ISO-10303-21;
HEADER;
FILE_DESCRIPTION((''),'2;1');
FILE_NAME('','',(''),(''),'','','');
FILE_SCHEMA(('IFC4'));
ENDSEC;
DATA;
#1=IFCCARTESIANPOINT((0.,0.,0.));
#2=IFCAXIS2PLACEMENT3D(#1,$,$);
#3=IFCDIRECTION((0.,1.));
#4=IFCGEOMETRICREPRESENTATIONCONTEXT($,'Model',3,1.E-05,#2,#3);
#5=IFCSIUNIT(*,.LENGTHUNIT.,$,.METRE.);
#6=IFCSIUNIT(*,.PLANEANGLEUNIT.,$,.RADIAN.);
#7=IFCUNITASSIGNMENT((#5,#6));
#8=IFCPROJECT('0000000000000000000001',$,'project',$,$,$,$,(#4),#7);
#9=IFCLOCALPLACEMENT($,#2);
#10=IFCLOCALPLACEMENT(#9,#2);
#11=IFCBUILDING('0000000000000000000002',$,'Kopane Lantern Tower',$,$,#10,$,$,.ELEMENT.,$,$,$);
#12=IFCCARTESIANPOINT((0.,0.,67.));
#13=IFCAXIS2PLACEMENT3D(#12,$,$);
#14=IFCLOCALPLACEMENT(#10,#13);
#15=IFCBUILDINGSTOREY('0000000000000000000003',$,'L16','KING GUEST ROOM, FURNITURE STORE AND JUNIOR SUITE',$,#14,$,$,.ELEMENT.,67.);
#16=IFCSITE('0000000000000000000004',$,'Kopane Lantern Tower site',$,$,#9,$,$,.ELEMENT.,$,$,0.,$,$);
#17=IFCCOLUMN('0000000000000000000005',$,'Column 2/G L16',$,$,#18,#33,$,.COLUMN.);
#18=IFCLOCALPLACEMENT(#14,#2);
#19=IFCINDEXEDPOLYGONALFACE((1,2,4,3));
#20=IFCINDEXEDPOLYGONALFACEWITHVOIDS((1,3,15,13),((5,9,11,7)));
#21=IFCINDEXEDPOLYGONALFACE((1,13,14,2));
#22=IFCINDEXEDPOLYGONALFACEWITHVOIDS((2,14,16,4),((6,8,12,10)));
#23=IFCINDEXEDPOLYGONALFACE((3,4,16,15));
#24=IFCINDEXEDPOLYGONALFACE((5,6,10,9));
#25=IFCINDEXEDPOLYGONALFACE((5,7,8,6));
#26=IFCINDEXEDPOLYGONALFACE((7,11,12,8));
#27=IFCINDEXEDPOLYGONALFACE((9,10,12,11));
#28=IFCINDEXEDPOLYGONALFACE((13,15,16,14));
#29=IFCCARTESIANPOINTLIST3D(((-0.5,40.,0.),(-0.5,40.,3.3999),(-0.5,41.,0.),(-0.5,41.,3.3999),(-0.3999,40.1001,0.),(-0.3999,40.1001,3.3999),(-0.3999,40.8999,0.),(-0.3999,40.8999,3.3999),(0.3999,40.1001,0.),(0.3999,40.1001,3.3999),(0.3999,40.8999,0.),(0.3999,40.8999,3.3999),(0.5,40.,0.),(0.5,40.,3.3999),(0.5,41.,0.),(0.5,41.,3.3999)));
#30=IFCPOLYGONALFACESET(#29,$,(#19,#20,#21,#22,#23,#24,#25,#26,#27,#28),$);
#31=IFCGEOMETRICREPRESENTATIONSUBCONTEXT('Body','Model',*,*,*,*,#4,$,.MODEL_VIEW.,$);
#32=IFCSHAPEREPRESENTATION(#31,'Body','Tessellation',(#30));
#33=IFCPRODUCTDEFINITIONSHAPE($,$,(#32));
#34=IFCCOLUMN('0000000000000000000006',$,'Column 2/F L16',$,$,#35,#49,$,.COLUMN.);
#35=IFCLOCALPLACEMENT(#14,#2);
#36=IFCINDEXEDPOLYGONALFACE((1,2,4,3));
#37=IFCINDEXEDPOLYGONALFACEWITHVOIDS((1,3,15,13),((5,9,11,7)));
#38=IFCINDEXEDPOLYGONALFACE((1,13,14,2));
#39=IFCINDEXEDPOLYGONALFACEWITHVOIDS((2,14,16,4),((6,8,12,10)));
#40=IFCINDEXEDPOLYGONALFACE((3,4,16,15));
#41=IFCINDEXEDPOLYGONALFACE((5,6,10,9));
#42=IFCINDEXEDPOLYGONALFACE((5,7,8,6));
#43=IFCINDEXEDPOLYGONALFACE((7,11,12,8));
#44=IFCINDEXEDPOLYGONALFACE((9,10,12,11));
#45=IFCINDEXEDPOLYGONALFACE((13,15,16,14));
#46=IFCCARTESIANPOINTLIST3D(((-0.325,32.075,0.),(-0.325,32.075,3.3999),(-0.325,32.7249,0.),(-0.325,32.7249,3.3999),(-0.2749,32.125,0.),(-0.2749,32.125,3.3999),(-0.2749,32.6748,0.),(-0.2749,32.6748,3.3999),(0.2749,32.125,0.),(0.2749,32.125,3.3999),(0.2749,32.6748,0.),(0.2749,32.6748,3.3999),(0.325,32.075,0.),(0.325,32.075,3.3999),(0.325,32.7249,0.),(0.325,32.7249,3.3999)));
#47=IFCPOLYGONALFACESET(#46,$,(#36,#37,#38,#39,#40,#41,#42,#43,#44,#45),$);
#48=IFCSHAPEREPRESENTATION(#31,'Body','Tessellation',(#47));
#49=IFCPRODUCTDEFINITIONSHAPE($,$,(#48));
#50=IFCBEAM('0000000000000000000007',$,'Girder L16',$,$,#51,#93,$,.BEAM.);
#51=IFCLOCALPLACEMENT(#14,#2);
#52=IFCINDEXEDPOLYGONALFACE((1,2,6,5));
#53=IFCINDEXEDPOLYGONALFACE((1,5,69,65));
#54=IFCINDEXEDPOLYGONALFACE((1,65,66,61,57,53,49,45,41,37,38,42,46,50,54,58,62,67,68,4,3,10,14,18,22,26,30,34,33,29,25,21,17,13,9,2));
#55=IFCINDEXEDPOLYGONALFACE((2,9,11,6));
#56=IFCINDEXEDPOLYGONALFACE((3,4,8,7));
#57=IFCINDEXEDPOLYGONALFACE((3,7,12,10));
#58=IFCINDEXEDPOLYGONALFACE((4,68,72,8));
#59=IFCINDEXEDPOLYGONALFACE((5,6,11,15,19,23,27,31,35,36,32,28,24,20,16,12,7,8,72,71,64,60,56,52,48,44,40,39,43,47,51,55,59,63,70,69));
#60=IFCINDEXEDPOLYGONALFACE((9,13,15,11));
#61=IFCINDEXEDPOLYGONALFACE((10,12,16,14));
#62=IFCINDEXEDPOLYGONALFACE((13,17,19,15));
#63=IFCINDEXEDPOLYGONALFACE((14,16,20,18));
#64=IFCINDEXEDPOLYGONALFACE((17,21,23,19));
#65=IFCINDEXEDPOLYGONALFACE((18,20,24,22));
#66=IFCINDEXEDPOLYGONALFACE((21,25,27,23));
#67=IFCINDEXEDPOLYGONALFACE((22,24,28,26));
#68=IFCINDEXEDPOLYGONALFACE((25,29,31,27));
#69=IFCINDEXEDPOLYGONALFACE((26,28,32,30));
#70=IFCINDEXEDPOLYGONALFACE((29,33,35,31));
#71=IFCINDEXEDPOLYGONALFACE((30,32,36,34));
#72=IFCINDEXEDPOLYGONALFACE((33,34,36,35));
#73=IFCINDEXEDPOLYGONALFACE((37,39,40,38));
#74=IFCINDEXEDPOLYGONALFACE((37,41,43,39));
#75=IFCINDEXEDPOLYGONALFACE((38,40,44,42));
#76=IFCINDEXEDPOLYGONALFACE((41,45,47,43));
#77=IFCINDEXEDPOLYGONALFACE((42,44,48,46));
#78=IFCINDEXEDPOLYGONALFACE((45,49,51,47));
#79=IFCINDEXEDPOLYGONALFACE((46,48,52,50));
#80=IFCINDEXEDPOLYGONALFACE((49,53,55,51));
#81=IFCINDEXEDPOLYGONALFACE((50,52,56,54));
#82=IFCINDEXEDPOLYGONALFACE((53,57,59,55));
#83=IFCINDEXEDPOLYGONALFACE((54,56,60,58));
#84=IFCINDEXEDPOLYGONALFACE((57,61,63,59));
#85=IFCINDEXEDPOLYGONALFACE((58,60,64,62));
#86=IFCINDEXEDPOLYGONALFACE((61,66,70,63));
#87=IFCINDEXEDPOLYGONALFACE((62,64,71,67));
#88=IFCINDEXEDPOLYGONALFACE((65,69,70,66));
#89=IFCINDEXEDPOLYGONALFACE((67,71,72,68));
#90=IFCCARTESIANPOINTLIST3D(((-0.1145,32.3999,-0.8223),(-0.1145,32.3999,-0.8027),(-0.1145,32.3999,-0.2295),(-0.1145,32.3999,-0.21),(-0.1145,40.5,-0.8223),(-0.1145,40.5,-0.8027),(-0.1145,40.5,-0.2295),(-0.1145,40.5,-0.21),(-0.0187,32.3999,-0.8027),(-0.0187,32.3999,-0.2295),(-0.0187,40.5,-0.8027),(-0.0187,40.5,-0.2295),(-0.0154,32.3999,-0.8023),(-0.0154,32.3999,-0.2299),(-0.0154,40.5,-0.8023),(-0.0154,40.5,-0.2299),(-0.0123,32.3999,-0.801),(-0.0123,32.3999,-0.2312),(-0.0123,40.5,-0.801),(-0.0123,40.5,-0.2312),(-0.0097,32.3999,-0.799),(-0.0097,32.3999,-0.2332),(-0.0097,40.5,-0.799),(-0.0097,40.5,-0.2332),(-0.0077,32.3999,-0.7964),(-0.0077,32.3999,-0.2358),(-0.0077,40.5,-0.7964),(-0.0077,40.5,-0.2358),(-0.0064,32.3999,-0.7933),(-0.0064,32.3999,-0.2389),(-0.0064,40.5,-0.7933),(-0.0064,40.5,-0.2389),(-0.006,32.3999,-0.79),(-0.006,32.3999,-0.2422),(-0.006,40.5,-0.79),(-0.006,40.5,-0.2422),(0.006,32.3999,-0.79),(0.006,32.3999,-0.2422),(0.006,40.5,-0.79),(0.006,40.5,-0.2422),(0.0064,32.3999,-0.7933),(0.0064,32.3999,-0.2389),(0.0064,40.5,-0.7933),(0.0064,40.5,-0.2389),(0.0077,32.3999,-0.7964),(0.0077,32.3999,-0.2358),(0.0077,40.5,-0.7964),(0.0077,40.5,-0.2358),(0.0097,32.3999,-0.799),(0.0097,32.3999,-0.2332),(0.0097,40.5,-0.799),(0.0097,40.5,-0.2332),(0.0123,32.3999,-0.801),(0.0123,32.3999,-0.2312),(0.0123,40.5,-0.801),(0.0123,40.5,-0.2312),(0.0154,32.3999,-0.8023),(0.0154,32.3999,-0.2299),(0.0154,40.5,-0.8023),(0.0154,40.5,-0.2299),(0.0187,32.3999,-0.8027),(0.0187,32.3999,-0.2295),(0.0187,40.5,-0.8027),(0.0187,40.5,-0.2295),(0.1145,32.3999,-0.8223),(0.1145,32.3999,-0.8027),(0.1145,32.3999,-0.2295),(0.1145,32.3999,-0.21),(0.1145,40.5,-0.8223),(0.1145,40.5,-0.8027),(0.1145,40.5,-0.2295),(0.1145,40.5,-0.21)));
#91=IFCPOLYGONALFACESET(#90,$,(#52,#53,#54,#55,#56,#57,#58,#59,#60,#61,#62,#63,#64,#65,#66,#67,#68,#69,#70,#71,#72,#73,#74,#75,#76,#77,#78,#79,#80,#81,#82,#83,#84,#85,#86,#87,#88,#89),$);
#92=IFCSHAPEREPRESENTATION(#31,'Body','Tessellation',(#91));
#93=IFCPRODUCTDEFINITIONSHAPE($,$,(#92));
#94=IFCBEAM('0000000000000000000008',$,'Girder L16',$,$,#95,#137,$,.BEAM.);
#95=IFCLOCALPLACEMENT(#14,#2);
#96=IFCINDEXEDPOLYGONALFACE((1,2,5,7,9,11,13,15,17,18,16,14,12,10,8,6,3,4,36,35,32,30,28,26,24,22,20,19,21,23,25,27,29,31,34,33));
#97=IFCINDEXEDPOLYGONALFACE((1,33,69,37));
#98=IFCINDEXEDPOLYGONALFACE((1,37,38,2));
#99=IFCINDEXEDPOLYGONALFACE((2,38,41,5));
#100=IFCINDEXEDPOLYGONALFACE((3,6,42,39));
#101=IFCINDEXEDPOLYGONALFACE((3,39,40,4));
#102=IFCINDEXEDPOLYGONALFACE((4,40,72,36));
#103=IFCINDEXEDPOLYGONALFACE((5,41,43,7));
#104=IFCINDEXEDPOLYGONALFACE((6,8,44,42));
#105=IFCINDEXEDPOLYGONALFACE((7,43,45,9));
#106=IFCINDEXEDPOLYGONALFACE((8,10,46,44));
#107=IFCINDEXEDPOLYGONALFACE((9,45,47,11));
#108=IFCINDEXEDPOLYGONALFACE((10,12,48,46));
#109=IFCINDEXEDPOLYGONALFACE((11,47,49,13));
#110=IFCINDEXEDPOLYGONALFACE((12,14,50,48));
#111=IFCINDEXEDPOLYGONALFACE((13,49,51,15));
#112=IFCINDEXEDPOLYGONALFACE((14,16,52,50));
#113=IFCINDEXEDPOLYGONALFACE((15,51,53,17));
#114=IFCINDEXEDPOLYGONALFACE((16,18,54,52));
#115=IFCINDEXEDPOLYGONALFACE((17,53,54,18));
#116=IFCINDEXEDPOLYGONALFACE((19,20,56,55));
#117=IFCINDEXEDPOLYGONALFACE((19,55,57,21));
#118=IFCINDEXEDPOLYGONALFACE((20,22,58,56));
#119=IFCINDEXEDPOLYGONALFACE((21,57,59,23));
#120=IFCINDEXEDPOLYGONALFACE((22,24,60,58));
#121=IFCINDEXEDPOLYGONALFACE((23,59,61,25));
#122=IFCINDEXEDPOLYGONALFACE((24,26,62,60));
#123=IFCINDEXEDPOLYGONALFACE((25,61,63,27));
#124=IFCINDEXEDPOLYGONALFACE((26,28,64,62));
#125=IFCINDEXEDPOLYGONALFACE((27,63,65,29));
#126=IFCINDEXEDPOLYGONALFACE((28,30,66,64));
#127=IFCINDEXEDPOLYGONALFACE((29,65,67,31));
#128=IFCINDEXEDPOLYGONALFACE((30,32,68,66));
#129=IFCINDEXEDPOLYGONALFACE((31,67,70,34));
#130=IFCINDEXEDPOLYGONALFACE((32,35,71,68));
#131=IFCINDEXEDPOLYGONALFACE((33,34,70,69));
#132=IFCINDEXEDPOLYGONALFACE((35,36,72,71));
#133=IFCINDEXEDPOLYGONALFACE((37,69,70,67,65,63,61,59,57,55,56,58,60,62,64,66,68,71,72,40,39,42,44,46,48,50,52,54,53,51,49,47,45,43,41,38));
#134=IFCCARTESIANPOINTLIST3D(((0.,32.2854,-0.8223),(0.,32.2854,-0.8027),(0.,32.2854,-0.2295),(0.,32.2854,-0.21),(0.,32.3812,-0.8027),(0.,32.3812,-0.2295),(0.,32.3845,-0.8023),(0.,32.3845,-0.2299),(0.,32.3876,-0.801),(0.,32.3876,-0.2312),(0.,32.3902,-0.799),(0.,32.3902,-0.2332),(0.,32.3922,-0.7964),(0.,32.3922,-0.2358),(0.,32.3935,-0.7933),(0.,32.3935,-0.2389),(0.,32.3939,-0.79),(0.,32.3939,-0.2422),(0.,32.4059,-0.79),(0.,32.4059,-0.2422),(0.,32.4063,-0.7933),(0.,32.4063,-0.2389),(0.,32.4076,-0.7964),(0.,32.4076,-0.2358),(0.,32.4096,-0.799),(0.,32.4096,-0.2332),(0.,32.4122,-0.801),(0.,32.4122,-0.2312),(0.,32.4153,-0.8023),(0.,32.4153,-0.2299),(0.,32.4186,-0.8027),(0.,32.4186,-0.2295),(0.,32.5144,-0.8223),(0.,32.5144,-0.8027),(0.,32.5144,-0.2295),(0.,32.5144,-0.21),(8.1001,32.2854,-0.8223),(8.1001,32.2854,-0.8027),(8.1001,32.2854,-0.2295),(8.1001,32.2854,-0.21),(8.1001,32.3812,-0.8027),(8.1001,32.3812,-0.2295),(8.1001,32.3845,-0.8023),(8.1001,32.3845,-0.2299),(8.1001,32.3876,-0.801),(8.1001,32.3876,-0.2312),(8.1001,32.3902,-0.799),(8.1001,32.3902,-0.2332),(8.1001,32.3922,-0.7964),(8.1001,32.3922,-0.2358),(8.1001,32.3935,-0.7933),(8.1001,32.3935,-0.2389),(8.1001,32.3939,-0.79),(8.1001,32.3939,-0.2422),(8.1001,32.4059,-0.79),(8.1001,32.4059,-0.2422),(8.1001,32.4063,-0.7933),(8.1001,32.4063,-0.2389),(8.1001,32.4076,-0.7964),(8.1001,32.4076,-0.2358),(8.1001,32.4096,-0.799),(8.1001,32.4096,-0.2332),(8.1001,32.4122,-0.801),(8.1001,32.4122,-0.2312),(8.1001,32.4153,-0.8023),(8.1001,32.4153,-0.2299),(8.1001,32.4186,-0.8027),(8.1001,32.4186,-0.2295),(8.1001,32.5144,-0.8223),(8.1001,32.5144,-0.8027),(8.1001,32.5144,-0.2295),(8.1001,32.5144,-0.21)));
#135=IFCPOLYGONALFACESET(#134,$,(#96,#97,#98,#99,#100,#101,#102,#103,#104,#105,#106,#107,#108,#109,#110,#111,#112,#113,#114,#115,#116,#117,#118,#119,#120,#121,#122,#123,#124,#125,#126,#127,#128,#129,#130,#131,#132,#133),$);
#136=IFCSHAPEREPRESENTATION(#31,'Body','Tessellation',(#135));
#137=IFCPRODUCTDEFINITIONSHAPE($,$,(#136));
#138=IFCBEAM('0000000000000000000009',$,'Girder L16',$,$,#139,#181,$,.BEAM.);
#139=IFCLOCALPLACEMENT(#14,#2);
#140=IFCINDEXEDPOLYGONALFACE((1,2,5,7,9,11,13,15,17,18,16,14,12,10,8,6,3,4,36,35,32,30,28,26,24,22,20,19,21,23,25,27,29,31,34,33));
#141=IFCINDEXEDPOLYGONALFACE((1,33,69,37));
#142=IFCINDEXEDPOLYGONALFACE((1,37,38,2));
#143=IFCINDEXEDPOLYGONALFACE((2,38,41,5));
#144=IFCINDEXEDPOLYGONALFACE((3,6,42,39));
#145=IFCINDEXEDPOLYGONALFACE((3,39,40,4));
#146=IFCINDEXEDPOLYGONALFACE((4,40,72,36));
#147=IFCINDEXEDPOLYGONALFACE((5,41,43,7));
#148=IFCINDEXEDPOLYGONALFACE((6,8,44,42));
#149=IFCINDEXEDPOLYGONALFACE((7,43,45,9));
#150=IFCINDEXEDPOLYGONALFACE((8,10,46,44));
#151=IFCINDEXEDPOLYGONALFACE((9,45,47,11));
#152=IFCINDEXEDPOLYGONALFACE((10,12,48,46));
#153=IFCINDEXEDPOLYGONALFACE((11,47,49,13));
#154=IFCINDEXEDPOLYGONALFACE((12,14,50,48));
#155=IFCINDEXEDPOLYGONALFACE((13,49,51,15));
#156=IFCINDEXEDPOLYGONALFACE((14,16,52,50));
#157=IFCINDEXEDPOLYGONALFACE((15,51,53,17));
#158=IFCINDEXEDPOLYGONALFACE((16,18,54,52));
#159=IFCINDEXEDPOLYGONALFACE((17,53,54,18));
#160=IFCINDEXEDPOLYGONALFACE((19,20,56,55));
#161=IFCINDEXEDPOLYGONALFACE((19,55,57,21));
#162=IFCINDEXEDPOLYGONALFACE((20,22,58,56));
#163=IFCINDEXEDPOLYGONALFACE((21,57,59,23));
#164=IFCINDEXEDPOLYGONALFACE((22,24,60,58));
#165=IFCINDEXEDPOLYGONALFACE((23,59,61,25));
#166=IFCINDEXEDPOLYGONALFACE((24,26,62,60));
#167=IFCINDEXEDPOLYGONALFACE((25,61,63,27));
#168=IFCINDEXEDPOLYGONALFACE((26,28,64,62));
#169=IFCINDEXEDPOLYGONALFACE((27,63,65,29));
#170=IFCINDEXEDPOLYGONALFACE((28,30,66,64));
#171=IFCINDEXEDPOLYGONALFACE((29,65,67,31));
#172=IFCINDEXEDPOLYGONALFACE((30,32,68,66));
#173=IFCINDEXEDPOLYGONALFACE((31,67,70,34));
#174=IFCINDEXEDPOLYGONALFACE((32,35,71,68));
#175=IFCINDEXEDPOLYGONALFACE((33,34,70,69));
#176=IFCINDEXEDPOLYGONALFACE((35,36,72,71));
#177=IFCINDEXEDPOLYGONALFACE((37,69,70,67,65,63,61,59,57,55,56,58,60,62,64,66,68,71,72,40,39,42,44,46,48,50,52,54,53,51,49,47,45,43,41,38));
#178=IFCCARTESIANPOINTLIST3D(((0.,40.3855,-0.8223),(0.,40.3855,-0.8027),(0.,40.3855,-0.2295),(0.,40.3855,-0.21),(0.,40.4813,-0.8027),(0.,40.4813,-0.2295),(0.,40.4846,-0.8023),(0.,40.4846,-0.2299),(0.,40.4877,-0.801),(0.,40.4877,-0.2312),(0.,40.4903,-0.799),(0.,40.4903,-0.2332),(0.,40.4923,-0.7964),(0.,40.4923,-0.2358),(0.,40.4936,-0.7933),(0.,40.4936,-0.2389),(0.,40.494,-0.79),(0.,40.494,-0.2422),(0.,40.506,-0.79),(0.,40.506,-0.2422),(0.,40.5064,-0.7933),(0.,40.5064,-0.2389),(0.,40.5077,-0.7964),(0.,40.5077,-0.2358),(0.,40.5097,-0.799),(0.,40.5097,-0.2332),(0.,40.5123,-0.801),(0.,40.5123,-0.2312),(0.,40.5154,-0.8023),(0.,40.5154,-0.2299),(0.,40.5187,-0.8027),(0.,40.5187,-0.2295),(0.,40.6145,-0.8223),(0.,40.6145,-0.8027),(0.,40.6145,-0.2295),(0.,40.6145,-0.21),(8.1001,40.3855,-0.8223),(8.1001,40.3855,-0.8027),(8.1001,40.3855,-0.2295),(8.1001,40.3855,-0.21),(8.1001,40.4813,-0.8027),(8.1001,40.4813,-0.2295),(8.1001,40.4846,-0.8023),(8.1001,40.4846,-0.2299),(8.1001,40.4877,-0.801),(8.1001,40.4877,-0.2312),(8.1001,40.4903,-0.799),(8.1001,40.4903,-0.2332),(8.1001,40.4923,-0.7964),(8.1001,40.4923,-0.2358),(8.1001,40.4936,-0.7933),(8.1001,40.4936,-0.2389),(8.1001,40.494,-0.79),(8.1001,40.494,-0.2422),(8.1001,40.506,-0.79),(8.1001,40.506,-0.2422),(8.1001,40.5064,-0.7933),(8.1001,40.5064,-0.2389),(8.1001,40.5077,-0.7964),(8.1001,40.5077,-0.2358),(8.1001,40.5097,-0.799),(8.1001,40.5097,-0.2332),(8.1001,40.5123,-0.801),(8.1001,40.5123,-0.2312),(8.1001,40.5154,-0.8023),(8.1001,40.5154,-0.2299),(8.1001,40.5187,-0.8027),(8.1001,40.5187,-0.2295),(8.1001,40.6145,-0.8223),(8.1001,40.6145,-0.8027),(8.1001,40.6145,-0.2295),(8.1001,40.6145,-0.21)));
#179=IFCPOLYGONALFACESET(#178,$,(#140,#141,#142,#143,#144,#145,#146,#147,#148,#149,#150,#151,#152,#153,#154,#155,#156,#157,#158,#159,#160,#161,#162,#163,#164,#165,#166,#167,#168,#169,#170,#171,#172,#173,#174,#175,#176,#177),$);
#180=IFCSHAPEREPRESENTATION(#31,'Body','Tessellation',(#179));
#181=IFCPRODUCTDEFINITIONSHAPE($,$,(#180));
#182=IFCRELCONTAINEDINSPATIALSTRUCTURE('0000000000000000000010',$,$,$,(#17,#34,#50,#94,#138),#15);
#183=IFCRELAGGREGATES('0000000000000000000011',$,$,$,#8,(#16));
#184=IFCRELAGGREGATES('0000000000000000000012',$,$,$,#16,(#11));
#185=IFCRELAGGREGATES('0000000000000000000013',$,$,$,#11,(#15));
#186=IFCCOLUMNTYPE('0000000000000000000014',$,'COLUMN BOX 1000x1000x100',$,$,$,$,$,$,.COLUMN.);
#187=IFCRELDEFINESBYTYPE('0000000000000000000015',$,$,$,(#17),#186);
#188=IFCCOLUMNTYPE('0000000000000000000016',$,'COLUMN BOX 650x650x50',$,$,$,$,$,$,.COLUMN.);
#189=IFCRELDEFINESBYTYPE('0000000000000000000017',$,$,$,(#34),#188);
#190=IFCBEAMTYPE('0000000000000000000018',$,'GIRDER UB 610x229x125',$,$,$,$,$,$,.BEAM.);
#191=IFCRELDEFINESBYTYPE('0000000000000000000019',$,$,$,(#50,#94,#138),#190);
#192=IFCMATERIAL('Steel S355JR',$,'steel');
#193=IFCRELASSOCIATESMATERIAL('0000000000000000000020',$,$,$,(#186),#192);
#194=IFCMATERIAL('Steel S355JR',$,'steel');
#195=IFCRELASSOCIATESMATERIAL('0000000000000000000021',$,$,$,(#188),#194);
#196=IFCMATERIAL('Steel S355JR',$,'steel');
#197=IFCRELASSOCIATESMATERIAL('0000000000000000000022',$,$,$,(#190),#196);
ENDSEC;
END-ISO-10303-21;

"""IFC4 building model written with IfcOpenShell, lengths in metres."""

from ifc_helpers import new_model, si_unit, direction, frame, origin, origin_2d, place, context, subcontext, project, spatial, hollow_rectangle, i_section, extrude, material, material_profile, profile_set, type_object, element, save


model = new_model("IFC4")

# Units and contexts
model_context = context("Model", 3, precision=1e-05, world=origin(), true_north=direction((0.0, 1.0)))
body_context = subcontext(model_context, "Body", "Model", "MODEL_VIEW")
ifc_project = project(units=[si_unit("LENGTHUNIT", "METRE"), si_unit("PLANEANGLEUNIT", "RADIAN")], contexts=[model_context])

# Site, building, storey
site_placement = place(None, origin())
site = spatial("IfcSite", under=ifc_project, at=site_placement, Name="Kopane Lantern Tower site", CompositionType="ELEMENT", RefElevation=0.0)
building_placement = place(site_placement, origin())
building = spatial("IfcBuilding", under=site, at=building_placement, Name="Kopane Lantern Tower", CompositionType="ELEMENT")
storey_placement = place(building_placement, frame((0.0, 0.0, 67.0)))
storey = spatial("IfcBuildingStorey", under=building, at=storey_placement, Name="L16", Description="KING GUEST ROOM, FURNITURE STORE AND JUNIOR SUITE", CompositionType="ELEMENT", Elevation=67.0)

# Columns
ifc_material_1 = material(Name="Steel S355JR", Category="steel")
ifc_material_profile_1 = material_profile(ifc_material_1, hollow_rectangle(XDim=1.0, YDim=1.0, WallThickness=0.1001, at=origin_2d()), Name="BOX 1000x1000x100")
ifc_profile_set_1 = profile_set([ifc_material_profile_1], Name="Steel S355JR")
column_type_1 = type_object("IfcColumnType", Name="COLUMN BOX 1000x1000x100", PredefinedType="COLUMN", material=ifc_profile_set_1)
column_1_placement = place(storey_placement, frame((0.0, 40.5, 0.0), z_axis=(0.0, 0.0, 1.0), x_axis=(1.0, 0.0, 0.0)))
element("IfcColumn", 1, at=column_1_placement, inside=storey, type_object=column_type_1, Name="Column 2/G L16", PredefinedType="COLUMN", context=body_context, shape_type="SweptSolid", body=[
    extrude(hollow_rectangle(XDim=1.0, YDim=1.0, WallThickness=0.1001, at=origin_2d()), origin(), (0.0, 0.0, 1.0), 3.3999),
])
ifc_material_2 = material(Name="Steel S355JR", Category="steel")
ifc_material_profile_2 = material_profile(ifc_material_2, hollow_rectangle(XDim=0.6499, YDim=0.6499, WallThickness=0.05, at=origin_2d()), Name="BOX 650x650x50")
ifc_profile_set_2 = profile_set([ifc_material_profile_2], Name="Steel S355JR")
column_type_2 = type_object("IfcColumnType", Name="COLUMN BOX 650x650x50", PredefinedType="COLUMN", material=ifc_profile_set_2)
column_2_placement = place(storey_placement, frame((0.0, 32.3999, 0.0), z_axis=(0.0, 0.0, 1.0), x_axis=(1.0, 0.0, 0.0)))
element("IfcColumn", 2, at=column_2_placement, inside=storey, type_object=column_type_2, Name="Column 2/F L16", PredefinedType="COLUMN", context=body_context, shape_type="SweptSolid", body=[
    extrude(hollow_rectangle(XDim=0.6499, YDim=0.6499, WallThickness=0.05, at=origin_2d()), origin(), (0.0, 0.0, 1.0), 3.3999),
])

# Beams
ifc_material_3 = material(Name="Steel S355JR", Category="steel")
ifc_material_profile_3 = material_profile(ifc_material_3, i_section(OverallWidth=0.229, OverallDepth=0.6123, WebThickness=0.012, FlangeThickness=0.0195, FilletRadius=0.0127, at=origin_2d()), Name="UB 610x229x125")
ifc_profile_set_3 = profile_set([ifc_material_profile_3], Name="Steel S355JR")
beam_type = type_object("IfcBeamType", Name="GIRDER UB 610x229x125", PredefinedType="BEAM", material=ifc_profile_set_3)
for number, where, z_axis, x_axis, name in (
    (3, (0.0, 32.3999, -0.5161), (0.0, 1.0, 0.0), (-1.0, 0.0, 0.0), "Girder L16"),
    (4, (0.0, 32.3999, -0.5161), (1.0, 0.0, 0.0), (0.0, 1.0, 0.0), "Girder L16"),
    (5, (0.0, 40.5, -0.5161), (1.0, 0.0, 0.0), (0.0, 1.0, 0.0), "Girder L16"),
):
    element("IfcBeam", number, at=place(storey_placement, frame(where, z_axis=z_axis, x_axis=x_axis)), inside=storey, type_object=beam_type, Name=name, PredefinedType="BEAM", context=body_context, shape_type="SweptSolid", body=[
        extrude(i_section(OverallWidth=0.229, OverallDepth=0.6123, WebThickness=0.012, FlangeThickness=0.0195, FilletRadius=0.0127, at=origin_2d()), origin(), (0.0, 0.0, 1.0), 8.1001),
    ])

save(model, "model.ifc")
